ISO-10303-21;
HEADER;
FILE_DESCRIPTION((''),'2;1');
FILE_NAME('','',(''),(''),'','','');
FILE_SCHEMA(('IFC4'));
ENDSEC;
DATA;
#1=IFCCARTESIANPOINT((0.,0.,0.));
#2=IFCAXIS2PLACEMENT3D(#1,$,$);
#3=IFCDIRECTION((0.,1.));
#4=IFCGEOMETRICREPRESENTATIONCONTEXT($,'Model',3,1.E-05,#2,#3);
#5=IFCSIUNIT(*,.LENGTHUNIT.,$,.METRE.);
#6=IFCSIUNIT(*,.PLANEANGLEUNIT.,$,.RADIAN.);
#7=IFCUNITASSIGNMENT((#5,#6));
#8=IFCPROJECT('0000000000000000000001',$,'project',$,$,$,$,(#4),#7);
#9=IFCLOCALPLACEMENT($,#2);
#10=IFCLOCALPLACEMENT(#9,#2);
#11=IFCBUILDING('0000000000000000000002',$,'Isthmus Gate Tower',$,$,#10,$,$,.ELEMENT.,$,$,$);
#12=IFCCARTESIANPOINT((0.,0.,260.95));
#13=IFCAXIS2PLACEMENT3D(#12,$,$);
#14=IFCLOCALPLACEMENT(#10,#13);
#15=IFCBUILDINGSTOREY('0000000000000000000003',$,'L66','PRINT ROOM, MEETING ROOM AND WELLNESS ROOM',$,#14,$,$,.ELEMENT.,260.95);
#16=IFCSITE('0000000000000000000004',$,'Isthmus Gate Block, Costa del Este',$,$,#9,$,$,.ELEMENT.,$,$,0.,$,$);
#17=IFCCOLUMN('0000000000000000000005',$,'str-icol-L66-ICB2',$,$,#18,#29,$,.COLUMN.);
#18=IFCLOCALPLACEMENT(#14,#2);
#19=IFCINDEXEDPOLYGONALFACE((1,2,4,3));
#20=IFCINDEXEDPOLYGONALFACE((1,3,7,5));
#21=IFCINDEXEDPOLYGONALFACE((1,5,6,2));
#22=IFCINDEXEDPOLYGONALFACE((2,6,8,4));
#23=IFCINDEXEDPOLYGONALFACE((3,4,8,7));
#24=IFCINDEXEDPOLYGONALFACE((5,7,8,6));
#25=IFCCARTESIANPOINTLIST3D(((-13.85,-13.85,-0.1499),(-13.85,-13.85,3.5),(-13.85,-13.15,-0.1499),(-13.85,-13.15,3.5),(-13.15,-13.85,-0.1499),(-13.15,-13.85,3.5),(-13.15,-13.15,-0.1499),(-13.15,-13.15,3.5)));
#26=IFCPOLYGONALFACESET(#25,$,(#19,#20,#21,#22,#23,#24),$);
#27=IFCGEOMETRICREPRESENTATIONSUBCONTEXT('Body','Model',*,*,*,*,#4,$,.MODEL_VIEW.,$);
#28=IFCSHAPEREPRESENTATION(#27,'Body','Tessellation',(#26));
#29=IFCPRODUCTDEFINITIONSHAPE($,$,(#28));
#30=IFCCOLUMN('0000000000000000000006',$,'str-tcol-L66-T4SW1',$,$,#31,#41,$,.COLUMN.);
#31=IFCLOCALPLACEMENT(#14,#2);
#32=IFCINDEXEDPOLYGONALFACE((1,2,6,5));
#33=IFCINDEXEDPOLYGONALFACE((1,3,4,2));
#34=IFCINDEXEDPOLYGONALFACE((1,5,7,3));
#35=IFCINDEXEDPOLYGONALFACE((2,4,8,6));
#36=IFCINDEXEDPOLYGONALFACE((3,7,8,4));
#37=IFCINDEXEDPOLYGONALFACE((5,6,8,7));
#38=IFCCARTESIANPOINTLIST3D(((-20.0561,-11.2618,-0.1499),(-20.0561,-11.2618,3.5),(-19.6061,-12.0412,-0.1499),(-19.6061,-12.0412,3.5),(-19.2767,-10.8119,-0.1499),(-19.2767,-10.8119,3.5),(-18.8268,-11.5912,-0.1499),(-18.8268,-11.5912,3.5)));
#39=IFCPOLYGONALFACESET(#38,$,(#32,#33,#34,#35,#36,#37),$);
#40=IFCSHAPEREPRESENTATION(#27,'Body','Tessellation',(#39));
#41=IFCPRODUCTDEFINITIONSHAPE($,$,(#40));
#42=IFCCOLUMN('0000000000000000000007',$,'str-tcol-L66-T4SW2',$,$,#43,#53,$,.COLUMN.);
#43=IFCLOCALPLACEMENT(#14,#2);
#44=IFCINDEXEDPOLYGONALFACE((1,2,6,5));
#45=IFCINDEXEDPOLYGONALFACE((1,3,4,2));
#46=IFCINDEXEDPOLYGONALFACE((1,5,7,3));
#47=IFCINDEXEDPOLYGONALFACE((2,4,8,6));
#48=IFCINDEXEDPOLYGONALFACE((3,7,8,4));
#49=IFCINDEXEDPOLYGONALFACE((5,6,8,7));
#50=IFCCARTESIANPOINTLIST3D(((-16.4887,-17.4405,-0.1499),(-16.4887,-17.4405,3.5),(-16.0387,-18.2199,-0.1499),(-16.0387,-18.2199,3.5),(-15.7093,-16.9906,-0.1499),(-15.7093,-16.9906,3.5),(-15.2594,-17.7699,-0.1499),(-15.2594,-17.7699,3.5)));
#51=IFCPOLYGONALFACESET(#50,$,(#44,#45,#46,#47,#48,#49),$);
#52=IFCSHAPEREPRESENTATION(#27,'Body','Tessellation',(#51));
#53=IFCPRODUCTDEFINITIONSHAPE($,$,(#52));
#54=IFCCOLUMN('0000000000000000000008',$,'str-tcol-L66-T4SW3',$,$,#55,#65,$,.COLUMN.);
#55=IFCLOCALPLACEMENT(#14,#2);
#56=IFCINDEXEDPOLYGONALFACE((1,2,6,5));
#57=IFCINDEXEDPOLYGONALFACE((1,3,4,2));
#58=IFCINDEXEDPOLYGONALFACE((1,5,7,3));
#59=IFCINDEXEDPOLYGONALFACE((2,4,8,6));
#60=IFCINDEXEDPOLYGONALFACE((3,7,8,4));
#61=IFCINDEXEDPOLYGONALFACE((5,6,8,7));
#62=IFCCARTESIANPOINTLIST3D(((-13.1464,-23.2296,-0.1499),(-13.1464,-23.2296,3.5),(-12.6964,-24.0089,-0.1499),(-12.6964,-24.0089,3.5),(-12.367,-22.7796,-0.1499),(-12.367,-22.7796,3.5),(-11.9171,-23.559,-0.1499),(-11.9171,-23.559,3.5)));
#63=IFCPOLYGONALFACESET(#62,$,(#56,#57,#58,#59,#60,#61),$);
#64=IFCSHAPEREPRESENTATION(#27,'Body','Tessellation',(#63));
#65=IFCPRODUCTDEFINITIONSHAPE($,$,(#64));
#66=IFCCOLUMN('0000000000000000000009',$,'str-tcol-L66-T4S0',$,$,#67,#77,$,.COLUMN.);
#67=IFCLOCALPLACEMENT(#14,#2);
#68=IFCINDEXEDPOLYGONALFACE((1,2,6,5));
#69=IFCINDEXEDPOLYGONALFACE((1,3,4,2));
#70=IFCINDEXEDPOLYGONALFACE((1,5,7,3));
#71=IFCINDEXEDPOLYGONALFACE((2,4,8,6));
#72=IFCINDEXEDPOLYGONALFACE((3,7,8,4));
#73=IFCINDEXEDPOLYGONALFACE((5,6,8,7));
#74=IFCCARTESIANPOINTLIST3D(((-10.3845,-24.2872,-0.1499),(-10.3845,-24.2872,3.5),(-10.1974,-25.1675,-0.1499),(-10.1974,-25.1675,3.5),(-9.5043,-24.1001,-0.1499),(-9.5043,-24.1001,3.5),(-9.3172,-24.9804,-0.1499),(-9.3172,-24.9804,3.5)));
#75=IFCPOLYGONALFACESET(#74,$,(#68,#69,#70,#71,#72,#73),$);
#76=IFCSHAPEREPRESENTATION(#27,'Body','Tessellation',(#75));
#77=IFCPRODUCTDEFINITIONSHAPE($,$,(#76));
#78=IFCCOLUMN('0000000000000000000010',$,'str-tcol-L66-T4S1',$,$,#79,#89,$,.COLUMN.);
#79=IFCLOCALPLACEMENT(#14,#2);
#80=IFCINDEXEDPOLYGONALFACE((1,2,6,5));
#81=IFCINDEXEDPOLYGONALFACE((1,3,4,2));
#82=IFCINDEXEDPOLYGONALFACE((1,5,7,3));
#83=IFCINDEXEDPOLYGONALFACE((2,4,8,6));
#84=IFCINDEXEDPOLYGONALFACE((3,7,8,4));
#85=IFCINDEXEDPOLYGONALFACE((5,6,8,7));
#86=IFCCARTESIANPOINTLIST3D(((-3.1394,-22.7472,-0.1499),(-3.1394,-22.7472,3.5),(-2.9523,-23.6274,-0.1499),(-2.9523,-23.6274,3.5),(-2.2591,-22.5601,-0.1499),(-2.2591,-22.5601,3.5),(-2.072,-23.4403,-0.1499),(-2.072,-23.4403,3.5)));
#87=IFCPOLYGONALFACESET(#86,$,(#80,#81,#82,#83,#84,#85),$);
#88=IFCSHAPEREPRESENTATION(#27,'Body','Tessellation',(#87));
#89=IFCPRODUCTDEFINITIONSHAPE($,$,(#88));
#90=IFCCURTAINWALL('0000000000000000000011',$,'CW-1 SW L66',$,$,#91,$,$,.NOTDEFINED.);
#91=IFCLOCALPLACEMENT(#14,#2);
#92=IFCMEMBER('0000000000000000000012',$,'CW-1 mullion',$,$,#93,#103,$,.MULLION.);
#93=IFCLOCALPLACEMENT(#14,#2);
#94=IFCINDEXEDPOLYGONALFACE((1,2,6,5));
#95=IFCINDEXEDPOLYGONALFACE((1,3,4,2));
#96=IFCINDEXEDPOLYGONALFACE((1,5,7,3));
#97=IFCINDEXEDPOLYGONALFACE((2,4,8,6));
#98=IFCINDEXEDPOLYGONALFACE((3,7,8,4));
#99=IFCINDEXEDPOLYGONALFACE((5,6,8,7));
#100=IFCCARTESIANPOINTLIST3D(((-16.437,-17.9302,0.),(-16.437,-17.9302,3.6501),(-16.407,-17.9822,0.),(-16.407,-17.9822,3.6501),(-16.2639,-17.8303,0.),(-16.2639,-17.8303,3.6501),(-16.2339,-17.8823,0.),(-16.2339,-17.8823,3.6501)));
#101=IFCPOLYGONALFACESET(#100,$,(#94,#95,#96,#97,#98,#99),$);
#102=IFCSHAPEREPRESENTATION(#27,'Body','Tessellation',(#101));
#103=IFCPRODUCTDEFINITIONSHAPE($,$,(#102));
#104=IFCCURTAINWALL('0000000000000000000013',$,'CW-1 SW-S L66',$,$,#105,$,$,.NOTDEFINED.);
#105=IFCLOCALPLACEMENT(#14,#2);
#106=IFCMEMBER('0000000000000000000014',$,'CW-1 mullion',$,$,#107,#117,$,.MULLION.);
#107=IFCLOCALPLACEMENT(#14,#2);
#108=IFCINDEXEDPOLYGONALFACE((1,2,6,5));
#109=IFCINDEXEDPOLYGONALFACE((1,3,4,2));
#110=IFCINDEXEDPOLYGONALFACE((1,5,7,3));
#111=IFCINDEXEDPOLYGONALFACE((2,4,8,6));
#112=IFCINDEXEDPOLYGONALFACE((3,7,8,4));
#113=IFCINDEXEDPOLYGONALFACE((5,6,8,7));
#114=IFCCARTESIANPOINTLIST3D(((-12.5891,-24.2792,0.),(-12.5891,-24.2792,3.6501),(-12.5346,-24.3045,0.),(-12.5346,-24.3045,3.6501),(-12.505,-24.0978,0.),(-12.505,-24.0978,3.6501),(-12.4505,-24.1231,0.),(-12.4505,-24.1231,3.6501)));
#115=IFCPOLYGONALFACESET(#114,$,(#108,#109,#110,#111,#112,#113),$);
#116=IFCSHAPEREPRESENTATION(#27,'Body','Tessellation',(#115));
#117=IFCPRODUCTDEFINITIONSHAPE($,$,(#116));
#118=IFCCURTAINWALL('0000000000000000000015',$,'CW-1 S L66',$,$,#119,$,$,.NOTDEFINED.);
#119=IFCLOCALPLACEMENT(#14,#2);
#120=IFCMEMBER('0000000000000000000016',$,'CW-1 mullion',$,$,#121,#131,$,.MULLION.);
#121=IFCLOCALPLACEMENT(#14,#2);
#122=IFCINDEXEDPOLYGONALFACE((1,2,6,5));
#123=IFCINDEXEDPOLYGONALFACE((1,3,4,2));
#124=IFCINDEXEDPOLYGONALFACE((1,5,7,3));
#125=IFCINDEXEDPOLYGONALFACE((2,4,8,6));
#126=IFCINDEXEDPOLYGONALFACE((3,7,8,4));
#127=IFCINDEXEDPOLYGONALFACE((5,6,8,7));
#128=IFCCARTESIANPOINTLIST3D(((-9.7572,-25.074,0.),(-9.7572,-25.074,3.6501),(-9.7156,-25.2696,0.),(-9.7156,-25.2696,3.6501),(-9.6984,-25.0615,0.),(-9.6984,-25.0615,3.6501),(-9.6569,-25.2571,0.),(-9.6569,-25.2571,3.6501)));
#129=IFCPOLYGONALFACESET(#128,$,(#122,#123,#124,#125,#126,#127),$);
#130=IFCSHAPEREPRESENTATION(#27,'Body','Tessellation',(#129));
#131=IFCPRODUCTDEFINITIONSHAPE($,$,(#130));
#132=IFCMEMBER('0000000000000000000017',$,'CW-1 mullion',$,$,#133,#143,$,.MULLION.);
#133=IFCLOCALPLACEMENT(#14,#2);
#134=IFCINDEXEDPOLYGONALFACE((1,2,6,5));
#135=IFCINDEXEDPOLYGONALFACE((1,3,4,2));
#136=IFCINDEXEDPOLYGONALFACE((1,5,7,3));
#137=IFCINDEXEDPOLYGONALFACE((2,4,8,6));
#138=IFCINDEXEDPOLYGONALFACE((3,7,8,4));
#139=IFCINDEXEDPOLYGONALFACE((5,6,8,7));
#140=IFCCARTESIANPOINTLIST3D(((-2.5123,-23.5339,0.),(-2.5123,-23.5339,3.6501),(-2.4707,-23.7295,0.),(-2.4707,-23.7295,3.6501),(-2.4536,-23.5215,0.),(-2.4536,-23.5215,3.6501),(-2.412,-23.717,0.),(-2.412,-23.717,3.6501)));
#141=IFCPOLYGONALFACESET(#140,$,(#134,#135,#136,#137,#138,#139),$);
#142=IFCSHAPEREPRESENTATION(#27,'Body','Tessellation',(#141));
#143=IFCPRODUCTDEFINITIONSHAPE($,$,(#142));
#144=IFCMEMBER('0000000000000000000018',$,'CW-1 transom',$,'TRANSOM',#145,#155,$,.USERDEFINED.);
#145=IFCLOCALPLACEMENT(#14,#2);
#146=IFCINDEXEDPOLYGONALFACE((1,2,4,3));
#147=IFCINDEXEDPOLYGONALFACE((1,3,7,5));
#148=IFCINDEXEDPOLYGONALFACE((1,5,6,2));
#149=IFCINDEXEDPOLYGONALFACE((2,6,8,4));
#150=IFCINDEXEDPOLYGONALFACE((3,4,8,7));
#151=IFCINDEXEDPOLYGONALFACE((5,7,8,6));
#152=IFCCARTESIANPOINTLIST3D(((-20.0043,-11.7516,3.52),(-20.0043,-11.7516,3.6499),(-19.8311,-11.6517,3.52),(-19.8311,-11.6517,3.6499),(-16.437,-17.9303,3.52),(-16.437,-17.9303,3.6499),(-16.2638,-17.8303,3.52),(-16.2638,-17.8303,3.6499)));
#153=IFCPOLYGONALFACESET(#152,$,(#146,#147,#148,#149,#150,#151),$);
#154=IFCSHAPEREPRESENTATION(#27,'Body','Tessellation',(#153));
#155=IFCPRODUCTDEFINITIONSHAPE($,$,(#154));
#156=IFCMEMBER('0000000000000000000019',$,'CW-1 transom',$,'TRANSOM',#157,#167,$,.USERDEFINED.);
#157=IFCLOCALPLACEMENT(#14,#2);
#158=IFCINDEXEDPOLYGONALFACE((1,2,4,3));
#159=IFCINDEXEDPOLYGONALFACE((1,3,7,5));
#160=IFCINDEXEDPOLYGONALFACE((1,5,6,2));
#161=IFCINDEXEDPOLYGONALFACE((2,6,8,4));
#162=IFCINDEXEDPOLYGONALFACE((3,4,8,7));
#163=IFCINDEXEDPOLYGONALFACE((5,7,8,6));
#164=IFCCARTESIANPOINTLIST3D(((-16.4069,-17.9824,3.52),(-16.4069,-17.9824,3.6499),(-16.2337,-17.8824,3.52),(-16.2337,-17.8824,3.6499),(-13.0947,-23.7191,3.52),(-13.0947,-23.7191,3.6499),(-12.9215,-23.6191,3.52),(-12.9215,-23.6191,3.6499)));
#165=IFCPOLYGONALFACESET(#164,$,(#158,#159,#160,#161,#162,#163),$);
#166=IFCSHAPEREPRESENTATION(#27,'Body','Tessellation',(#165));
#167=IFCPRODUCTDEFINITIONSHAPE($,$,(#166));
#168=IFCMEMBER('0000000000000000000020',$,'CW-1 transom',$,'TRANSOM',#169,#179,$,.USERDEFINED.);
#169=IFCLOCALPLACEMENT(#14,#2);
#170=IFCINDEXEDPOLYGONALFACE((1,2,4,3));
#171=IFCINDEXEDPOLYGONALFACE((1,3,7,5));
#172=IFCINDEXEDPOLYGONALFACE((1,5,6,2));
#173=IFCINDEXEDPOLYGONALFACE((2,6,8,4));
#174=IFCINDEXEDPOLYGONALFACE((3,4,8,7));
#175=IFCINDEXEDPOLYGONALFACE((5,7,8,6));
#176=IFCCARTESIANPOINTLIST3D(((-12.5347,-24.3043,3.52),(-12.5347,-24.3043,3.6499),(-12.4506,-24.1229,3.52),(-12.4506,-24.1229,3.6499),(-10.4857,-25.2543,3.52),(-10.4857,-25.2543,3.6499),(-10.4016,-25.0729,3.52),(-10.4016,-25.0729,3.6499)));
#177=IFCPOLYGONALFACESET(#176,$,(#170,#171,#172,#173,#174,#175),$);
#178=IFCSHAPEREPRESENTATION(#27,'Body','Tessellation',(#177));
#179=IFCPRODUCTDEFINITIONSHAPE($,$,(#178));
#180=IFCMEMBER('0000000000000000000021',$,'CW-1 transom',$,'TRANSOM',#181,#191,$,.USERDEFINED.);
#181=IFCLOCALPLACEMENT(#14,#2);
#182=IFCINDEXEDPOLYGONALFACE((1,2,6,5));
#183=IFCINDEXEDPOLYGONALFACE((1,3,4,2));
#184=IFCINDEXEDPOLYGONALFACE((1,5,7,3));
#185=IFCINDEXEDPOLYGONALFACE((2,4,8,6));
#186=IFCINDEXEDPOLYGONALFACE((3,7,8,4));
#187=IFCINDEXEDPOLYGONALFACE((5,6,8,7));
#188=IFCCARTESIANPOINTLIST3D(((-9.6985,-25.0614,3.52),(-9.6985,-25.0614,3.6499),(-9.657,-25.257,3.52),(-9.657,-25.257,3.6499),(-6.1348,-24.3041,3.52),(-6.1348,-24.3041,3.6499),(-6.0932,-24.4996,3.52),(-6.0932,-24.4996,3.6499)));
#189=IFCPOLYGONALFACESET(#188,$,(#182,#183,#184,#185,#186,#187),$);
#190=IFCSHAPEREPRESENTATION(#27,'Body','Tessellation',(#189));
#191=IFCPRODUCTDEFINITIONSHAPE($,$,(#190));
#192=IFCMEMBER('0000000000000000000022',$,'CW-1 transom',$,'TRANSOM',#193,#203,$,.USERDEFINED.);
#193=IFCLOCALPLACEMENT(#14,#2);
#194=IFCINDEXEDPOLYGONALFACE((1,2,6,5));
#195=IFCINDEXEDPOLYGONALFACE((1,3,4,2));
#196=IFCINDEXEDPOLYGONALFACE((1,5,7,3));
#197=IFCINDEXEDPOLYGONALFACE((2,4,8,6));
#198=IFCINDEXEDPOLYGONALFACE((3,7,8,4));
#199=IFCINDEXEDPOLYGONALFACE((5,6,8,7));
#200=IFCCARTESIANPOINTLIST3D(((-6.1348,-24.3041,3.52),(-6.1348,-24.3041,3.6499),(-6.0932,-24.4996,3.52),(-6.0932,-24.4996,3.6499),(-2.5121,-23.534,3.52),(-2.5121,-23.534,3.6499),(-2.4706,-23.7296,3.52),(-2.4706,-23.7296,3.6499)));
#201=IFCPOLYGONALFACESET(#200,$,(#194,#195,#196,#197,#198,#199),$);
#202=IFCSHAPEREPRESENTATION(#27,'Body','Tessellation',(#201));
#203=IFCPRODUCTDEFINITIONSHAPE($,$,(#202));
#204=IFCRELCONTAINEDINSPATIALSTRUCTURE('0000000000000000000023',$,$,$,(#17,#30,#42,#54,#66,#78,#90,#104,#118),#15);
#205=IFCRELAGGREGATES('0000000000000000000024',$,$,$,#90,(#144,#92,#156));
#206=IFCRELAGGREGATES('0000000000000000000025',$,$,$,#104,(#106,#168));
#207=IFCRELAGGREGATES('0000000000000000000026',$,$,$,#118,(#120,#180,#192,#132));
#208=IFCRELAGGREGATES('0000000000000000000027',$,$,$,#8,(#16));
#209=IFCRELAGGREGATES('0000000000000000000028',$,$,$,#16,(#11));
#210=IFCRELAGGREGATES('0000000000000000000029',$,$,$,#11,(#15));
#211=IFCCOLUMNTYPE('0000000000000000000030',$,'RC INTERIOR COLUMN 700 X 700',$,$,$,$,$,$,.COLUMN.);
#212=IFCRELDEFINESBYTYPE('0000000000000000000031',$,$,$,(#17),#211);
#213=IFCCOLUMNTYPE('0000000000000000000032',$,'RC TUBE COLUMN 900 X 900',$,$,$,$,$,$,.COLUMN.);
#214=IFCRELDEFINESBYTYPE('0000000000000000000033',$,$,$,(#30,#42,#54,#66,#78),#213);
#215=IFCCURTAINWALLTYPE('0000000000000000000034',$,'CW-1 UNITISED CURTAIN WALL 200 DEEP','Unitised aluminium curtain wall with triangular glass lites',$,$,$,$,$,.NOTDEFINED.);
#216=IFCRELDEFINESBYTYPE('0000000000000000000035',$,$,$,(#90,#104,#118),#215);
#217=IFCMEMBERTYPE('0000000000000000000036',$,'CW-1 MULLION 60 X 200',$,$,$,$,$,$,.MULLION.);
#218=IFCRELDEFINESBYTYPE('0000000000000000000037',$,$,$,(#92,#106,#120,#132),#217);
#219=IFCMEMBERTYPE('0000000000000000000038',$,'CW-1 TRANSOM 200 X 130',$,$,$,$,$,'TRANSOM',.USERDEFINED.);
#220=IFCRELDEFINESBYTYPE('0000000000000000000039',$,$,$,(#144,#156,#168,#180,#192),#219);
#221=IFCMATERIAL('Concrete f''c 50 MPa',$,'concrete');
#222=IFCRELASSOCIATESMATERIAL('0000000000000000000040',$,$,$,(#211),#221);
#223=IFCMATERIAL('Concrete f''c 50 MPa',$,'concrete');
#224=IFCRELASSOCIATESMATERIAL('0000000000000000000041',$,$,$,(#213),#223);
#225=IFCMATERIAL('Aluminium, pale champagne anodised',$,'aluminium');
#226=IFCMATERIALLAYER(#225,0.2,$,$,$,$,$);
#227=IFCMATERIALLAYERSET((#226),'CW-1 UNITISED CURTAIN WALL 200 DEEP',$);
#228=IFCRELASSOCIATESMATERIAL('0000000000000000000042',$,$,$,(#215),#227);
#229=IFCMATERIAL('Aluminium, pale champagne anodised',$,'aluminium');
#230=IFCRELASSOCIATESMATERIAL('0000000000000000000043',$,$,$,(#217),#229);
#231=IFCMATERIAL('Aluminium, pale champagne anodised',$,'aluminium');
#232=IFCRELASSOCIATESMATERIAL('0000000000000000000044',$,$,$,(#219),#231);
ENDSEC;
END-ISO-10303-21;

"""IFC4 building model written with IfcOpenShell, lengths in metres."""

from ifc_helpers import new_model, si_unit, direction, frame, origin, origin_2d, place, context, subcontext, project, spatial, rectangle, extrude, material, layer, layer_set, material_profile, profile_set, type_object, element, aggregate, save


model = new_model("IFC4")

# Units and contexts
model_context = context("Model", 3, precision=1e-05, world=origin(), true_north=direction((0.0, 1.0)))
body_context = subcontext(model_context, "Body", "Model", "MODEL_VIEW")
ifc_project = project(units=[si_unit("LENGTHUNIT", "METRE"), si_unit("PLANEANGLEUNIT", "RADIAN")], contexts=[model_context])

# Site, building, storey
site_placement = place(None, origin())
site = spatial("IfcSite", under=ifc_project, at=site_placement, Name="Isthmus Gate Block, Costa del Este", CompositionType="ELEMENT", RefElevation=0.0)
building_placement = place(site_placement, origin())
building = spatial("IfcBuilding", under=site, at=building_placement, Name="Isthmus Gate Tower", CompositionType="ELEMENT")
storey_placement = place(building_placement, frame((0.0, 0.0, 260.95)))
storey = spatial("IfcBuildingStorey", under=building, at=storey_placement, Name="L66", Description="PRINT ROOM, MEETING ROOM AND WELLNESS ROOM", CompositionType="ELEMENT", Elevation=260.95)

# Columns
ifc_material_1 = material(Name="Concrete f'c 50 MPa", Category="concrete")
ifc_material_profile_1 = material_profile(ifc_material_1, rectangle(XDim=0.7, YDim=0.7, at=origin_2d()), Name="RC 700X700")
ifc_profile_set_1 = profile_set([ifc_material_profile_1], Name="Concrete f'c 50 MPa")
column_type_1 = type_object("IfcColumnType", Name="RC INTERIOR COLUMN 700 X 700", PredefinedType="COLUMN", material=ifc_profile_set_1)
column_placement = place(storey_placement, frame((-13.5, -13.5, -0.1499), z_axis=(0.0, 0.0, 1.0), x_axis=(1.0, 0.0, 0.0)))
element("IfcColumn", 1, at=column_placement, inside=storey, type_object=column_type_1, Name="str-icol-L66-ICB2", PredefinedType="COLUMN", context=body_context, shape_type="SweptSolid", body=[
    extrude(rectangle(XDim=0.7, YDim=0.7, at=origin_2d()), origin(), (0.0, 0.0, 1.0), 3.6499),
])
ifc_material_2 = material(Name="Concrete f'c 50 MPa", Category="concrete")
ifc_material_profile_2 = material_profile(ifc_material_2, rectangle(XDim=0.8999, YDim=0.8999, at=origin_2d()), Name="RC 900X900")
ifc_profile_set_2 = profile_set([ifc_material_profile_2], Name="Concrete f'c 50 MPa")
column_type_2 = type_object("IfcColumnType", Name="RC TUBE COLUMN 900 X 900", PredefinedType="COLUMN", material=ifc_profile_set_2)
for number, where, z_axis, x_axis, name in (
    (2, (-19.4414, -11.4265, -0.1499), (0.0, 0.0, 1.0), (0.5, -0.866025, 0.0), "str-tcol-L66-T4SW1"),
    (3, (-15.874, -17.6052, -0.1499), (0.0, 0.0, 1.0), (0.5, -0.866025, 0.0), "str-tcol-L66-T4SW2"),
    (4, (-12.5317, -23.3943, -0.1499), (0.0, 0.0, 1.0), (0.5, -0.866025, 0.0), "str-tcol-L66-T4SW3"),
    (5, (-9.8508, -24.6338, -0.1499), (0.0, 0.0, 1.0), (0.978148, 0.207912, 0.0), "str-tcol-L66-T4S0"),
    (6, (-2.6057, -23.0938, -0.1499), (0.0, 0.0, 1.0), (0.978148, 0.207912, 0.0), "str-tcol-L66-T4S1"),
):
    element("IfcColumn", number, at=place(storey_placement, frame(where, z_axis=z_axis, x_axis=x_axis)), inside=storey, type_object=column_type_2, Name=name, PredefinedType="COLUMN", context=body_context, shape_type="SweptSolid", body=[
        extrude(rectangle(XDim=0.8999, YDim=0.8999, at=origin_2d()), origin(), (0.0, 0.0, 1.0), 3.6499),
    ])

# Curtain walls, members
ifc_material_3 = material(Name="Aluminium, pale champagne anodised", Category="aluminium")
ifc_layer_1 = layer(ifc_material_3, 0.2)
ifc_layer_set_1 = layer_set([ifc_layer_1], Name="CW-1 UNITISED CURTAIN WALL 200 DEEP")
curtain_wall_type = type_object("IfcCurtainWallType", Name="CW-1 UNITISED CURTAIN WALL 200 DEEP", Description="Unitised aluminium curtain wall with triangular glass lites", PredefinedType="NOTDEFINED", material=ifc_layer_set_1)
curtain_wall_1_placement = place(storey_placement, origin())
curtain_wall_1 = element("IfcCurtainWall", 7, at=curtain_wall_1_placement, inside=storey, type_object=curtain_wall_type, Name="CW-1 SW L66", PredefinedType="NOTDEFINED")
ifc_material_4 = material(Name="Aluminium, pale champagne anodised", Category="aluminium")
ifc_material_profile_3 = material_profile(ifc_material_4, rectangle(XDim=0.0601, YDim=0.2, at=origin_2d()), Name="60x200")
ifc_profile_set_3 = profile_set([ifc_material_profile_3], Name="Aluminium, pale champagne anodised")
member_type_1 = type_object("IfcMemberType", Name="CW-1 MULLION 60 X 200", PredefinedType="MULLION", material=ifc_profile_set_3)
member_1_placement = place(storey_placement, frame((-16.3354, -17.9062, 0.0), z_axis=(0.0, 0.0, 1.0), x_axis=(0.5, -0.866025, 0.0)))
member_1 = element("IfcMember", 8, at=member_1_placement, type_object=member_type_1, Name="CW-1 mullion", PredefinedType="MULLION", context=body_context, shape_type="SweptSolid", body=[
    extrude(rectangle(XDim=0.0601, YDim=0.2, at=origin_2d()), origin(), (0.0, 0.0, 1.0), 3.6501),
])
curtain_wall_2_placement = place(storey_placement, origin())
curtain_wall_2 = element("IfcCurtainWall", 9, at=curtain_wall_2_placement, inside=storey, type_object=curtain_wall_type, Name="CW-1 SW-S L66", PredefinedType="NOTDEFINED")
member_2_placement = place(storey_placement, frame((-12.5198, -24.2012, 0.0), z_axis=(0.0, 0.0, 1.0), x_axis=(0.907256, -0.420578, 0.0)))
member_2 = element("IfcMember", 10, at=member_2_placement, type_object=member_type_1, Name="CW-1 mullion", PredefinedType="MULLION", context=body_context, shape_type="SweptSolid", body=[
    extrude(rectangle(XDim=0.0601, YDim=0.2, at=origin_2d()), origin(), (0.0, 0.0, 1.0), 3.6501),
])

# Curtain wall, members
curtain_wall_3_placement = place(storey_placement, origin())
curtain_wall_3 = element("IfcCurtainWall", 11, at=curtain_wall_3_placement, inside=storey, type_object=curtain_wall_type, Name="CW-1 S L66", PredefinedType="NOTDEFINED")
member_3_placement = place(storey_placement, frame((-9.707, -25.1655, 0.0), z_axis=(0.0, 0.0, 1.0), x_axis=(0.978148, 0.207912, 0.0)))
member_3 = element("IfcMember", 12, at=member_3_placement, type_object=member_type_1, Name="CW-1 mullion", PredefinedType="MULLION", context=body_context, shape_type="SweptSolid", body=[
    extrude(rectangle(XDim=0.0601, YDim=0.2, at=origin_2d()), origin(), (0.0, 0.0, 1.0), 3.6501),
])
member_4_placement = place(storey_placement, frame((-2.4622, -23.6255, 0.0), z_axis=(0.0, 0.0, 1.0), x_axis=(0.978148, 0.207912, 0.0)))
member_4 = element("IfcMember", 13, at=member_4_placement, type_object=member_type_1, Name="CW-1 mullion", PredefinedType="MULLION", context=body_context, shape_type="SweptSolid", body=[
    extrude(rectangle(XDim=0.0601, YDim=0.2, at=origin_2d()), origin(), (0.0, 0.0, 1.0), 3.6501),
])

# Members
ifc_material_5 = material(Name="Aluminium, pale champagne anodised", Category="aluminium")
ifc_material_profile_4 = material_profile(ifc_material_5, rectangle(XDim=0.2, YDim=0.1299, at=origin_2d()), Name="200x130")
ifc_profile_set_4 = profile_set([ifc_material_profile_4], Name="Aluminium, pale champagne anodised")
member_type_2 = type_object("IfcMemberType", Name="CW-1 TRANSOM 200 X 130", ElementType="TRANSOM", PredefinedType="USERDEFINED", material=ifc_profile_set_4)
member_5_placement = place(storey_placement, frame((-19.9177, -11.7017, 3.585), z_axis=(0.500011, -0.866019, 0.0), x_axis=(0.866019, 0.500011, 0.0)))
member_5 = element("IfcMember", 14, at=member_5_placement, type_object=member_type_2, Name="CW-1 transom", ObjectType="TRANSOM", PredefinedType="USERDEFINED", context=body_context, shape_type="SweptSolid", body=[
    extrude(rectangle(XDim=0.2, YDim=0.1299, at=origin_2d()), origin(), (0.0, 0.0, 1.0), 7.1345),
])
member_6_placement = place(storey_placement, frame((-16.3203, -17.9324, 3.585), z_axis=(0.500012, -0.866019, 0.0), x_axis=(0.866019, 0.500012, 0.0)))
member_6 = element("IfcMember", 15, at=member_6_placement, type_object=member_type_2, Name="CW-1 transom", ObjectType="TRANSOM", PredefinedType="USERDEFINED", context=body_context, shape_type="SweptSolid", body=[
    extrude(rectangle(XDim=0.2, YDim=0.1299, at=origin_2d()), origin(), (0.0, 0.0, 1.0), 6.6243),
])
member_7_placement = place(storey_placement, frame((-12.4927, -24.2136, 3.585), z_axis=(0.907246, -0.4206, 0.0), x_axis=(0.4206, 0.907246, 0.0)))
member_7 = element("IfcMember", 16, at=member_7_placement, type_object=member_type_2, Name="CW-1 transom", ObjectType="TRANSOM", PredefinedType="USERDEFINED", context=body_context, shape_type="SweptSolid", body=[
    extrude(rectangle(XDim=0.2, YDim=0.1299, at=origin_2d()), origin(), (0.0, 0.0, 1.0), 2.2585),
])
member_8_placement = place(storey_placement, frame((-9.6777, -25.1592, 3.585), z_axis=(0.978157, 0.207868, 0.0), x_axis=(-0.207868, 0.978157, 0.0)))
member_8 = element("IfcMember", 17, at=member_8_placement, type_object=member_type_2, Name="CW-1 transom", ObjectType="TRANSOM", PredefinedType="USERDEFINED", context=body_context, shape_type="SweptSolid", body=[
    extrude(rectangle(XDim=0.2, YDim=0.1299, at=origin_2d()), origin(), (0.0, 0.0, 1.0), 3.6433),
])
member_9_placement = place(storey_placement, frame((-6.114, -24.4019, 3.585), z_axis=(0.978146, 0.207917, 0.0), x_axis=(-0.207917, 0.978146, 0.0)))
member_9 = element("IfcMember", 18, at=member_9_placement, type_object=member_type_2, Name="CW-1 transom", ObjectType="TRANSOM", PredefinedType="USERDEFINED", context=body_context, shape_type="SweptSolid", body=[
    extrude(rectangle(XDim=0.2, YDim=0.1299, at=origin_2d()), origin(), (0.0, 0.0, 1.0), 3.7036),
])

aggregate(curtain_wall_1, [member_5, member_1, member_6])
aggregate(curtain_wall_2, [member_2, member_7])

aggregate(curtain_wall_3, [member_3, member_8, member_9, member_4])

save(model, "model.ifc")
